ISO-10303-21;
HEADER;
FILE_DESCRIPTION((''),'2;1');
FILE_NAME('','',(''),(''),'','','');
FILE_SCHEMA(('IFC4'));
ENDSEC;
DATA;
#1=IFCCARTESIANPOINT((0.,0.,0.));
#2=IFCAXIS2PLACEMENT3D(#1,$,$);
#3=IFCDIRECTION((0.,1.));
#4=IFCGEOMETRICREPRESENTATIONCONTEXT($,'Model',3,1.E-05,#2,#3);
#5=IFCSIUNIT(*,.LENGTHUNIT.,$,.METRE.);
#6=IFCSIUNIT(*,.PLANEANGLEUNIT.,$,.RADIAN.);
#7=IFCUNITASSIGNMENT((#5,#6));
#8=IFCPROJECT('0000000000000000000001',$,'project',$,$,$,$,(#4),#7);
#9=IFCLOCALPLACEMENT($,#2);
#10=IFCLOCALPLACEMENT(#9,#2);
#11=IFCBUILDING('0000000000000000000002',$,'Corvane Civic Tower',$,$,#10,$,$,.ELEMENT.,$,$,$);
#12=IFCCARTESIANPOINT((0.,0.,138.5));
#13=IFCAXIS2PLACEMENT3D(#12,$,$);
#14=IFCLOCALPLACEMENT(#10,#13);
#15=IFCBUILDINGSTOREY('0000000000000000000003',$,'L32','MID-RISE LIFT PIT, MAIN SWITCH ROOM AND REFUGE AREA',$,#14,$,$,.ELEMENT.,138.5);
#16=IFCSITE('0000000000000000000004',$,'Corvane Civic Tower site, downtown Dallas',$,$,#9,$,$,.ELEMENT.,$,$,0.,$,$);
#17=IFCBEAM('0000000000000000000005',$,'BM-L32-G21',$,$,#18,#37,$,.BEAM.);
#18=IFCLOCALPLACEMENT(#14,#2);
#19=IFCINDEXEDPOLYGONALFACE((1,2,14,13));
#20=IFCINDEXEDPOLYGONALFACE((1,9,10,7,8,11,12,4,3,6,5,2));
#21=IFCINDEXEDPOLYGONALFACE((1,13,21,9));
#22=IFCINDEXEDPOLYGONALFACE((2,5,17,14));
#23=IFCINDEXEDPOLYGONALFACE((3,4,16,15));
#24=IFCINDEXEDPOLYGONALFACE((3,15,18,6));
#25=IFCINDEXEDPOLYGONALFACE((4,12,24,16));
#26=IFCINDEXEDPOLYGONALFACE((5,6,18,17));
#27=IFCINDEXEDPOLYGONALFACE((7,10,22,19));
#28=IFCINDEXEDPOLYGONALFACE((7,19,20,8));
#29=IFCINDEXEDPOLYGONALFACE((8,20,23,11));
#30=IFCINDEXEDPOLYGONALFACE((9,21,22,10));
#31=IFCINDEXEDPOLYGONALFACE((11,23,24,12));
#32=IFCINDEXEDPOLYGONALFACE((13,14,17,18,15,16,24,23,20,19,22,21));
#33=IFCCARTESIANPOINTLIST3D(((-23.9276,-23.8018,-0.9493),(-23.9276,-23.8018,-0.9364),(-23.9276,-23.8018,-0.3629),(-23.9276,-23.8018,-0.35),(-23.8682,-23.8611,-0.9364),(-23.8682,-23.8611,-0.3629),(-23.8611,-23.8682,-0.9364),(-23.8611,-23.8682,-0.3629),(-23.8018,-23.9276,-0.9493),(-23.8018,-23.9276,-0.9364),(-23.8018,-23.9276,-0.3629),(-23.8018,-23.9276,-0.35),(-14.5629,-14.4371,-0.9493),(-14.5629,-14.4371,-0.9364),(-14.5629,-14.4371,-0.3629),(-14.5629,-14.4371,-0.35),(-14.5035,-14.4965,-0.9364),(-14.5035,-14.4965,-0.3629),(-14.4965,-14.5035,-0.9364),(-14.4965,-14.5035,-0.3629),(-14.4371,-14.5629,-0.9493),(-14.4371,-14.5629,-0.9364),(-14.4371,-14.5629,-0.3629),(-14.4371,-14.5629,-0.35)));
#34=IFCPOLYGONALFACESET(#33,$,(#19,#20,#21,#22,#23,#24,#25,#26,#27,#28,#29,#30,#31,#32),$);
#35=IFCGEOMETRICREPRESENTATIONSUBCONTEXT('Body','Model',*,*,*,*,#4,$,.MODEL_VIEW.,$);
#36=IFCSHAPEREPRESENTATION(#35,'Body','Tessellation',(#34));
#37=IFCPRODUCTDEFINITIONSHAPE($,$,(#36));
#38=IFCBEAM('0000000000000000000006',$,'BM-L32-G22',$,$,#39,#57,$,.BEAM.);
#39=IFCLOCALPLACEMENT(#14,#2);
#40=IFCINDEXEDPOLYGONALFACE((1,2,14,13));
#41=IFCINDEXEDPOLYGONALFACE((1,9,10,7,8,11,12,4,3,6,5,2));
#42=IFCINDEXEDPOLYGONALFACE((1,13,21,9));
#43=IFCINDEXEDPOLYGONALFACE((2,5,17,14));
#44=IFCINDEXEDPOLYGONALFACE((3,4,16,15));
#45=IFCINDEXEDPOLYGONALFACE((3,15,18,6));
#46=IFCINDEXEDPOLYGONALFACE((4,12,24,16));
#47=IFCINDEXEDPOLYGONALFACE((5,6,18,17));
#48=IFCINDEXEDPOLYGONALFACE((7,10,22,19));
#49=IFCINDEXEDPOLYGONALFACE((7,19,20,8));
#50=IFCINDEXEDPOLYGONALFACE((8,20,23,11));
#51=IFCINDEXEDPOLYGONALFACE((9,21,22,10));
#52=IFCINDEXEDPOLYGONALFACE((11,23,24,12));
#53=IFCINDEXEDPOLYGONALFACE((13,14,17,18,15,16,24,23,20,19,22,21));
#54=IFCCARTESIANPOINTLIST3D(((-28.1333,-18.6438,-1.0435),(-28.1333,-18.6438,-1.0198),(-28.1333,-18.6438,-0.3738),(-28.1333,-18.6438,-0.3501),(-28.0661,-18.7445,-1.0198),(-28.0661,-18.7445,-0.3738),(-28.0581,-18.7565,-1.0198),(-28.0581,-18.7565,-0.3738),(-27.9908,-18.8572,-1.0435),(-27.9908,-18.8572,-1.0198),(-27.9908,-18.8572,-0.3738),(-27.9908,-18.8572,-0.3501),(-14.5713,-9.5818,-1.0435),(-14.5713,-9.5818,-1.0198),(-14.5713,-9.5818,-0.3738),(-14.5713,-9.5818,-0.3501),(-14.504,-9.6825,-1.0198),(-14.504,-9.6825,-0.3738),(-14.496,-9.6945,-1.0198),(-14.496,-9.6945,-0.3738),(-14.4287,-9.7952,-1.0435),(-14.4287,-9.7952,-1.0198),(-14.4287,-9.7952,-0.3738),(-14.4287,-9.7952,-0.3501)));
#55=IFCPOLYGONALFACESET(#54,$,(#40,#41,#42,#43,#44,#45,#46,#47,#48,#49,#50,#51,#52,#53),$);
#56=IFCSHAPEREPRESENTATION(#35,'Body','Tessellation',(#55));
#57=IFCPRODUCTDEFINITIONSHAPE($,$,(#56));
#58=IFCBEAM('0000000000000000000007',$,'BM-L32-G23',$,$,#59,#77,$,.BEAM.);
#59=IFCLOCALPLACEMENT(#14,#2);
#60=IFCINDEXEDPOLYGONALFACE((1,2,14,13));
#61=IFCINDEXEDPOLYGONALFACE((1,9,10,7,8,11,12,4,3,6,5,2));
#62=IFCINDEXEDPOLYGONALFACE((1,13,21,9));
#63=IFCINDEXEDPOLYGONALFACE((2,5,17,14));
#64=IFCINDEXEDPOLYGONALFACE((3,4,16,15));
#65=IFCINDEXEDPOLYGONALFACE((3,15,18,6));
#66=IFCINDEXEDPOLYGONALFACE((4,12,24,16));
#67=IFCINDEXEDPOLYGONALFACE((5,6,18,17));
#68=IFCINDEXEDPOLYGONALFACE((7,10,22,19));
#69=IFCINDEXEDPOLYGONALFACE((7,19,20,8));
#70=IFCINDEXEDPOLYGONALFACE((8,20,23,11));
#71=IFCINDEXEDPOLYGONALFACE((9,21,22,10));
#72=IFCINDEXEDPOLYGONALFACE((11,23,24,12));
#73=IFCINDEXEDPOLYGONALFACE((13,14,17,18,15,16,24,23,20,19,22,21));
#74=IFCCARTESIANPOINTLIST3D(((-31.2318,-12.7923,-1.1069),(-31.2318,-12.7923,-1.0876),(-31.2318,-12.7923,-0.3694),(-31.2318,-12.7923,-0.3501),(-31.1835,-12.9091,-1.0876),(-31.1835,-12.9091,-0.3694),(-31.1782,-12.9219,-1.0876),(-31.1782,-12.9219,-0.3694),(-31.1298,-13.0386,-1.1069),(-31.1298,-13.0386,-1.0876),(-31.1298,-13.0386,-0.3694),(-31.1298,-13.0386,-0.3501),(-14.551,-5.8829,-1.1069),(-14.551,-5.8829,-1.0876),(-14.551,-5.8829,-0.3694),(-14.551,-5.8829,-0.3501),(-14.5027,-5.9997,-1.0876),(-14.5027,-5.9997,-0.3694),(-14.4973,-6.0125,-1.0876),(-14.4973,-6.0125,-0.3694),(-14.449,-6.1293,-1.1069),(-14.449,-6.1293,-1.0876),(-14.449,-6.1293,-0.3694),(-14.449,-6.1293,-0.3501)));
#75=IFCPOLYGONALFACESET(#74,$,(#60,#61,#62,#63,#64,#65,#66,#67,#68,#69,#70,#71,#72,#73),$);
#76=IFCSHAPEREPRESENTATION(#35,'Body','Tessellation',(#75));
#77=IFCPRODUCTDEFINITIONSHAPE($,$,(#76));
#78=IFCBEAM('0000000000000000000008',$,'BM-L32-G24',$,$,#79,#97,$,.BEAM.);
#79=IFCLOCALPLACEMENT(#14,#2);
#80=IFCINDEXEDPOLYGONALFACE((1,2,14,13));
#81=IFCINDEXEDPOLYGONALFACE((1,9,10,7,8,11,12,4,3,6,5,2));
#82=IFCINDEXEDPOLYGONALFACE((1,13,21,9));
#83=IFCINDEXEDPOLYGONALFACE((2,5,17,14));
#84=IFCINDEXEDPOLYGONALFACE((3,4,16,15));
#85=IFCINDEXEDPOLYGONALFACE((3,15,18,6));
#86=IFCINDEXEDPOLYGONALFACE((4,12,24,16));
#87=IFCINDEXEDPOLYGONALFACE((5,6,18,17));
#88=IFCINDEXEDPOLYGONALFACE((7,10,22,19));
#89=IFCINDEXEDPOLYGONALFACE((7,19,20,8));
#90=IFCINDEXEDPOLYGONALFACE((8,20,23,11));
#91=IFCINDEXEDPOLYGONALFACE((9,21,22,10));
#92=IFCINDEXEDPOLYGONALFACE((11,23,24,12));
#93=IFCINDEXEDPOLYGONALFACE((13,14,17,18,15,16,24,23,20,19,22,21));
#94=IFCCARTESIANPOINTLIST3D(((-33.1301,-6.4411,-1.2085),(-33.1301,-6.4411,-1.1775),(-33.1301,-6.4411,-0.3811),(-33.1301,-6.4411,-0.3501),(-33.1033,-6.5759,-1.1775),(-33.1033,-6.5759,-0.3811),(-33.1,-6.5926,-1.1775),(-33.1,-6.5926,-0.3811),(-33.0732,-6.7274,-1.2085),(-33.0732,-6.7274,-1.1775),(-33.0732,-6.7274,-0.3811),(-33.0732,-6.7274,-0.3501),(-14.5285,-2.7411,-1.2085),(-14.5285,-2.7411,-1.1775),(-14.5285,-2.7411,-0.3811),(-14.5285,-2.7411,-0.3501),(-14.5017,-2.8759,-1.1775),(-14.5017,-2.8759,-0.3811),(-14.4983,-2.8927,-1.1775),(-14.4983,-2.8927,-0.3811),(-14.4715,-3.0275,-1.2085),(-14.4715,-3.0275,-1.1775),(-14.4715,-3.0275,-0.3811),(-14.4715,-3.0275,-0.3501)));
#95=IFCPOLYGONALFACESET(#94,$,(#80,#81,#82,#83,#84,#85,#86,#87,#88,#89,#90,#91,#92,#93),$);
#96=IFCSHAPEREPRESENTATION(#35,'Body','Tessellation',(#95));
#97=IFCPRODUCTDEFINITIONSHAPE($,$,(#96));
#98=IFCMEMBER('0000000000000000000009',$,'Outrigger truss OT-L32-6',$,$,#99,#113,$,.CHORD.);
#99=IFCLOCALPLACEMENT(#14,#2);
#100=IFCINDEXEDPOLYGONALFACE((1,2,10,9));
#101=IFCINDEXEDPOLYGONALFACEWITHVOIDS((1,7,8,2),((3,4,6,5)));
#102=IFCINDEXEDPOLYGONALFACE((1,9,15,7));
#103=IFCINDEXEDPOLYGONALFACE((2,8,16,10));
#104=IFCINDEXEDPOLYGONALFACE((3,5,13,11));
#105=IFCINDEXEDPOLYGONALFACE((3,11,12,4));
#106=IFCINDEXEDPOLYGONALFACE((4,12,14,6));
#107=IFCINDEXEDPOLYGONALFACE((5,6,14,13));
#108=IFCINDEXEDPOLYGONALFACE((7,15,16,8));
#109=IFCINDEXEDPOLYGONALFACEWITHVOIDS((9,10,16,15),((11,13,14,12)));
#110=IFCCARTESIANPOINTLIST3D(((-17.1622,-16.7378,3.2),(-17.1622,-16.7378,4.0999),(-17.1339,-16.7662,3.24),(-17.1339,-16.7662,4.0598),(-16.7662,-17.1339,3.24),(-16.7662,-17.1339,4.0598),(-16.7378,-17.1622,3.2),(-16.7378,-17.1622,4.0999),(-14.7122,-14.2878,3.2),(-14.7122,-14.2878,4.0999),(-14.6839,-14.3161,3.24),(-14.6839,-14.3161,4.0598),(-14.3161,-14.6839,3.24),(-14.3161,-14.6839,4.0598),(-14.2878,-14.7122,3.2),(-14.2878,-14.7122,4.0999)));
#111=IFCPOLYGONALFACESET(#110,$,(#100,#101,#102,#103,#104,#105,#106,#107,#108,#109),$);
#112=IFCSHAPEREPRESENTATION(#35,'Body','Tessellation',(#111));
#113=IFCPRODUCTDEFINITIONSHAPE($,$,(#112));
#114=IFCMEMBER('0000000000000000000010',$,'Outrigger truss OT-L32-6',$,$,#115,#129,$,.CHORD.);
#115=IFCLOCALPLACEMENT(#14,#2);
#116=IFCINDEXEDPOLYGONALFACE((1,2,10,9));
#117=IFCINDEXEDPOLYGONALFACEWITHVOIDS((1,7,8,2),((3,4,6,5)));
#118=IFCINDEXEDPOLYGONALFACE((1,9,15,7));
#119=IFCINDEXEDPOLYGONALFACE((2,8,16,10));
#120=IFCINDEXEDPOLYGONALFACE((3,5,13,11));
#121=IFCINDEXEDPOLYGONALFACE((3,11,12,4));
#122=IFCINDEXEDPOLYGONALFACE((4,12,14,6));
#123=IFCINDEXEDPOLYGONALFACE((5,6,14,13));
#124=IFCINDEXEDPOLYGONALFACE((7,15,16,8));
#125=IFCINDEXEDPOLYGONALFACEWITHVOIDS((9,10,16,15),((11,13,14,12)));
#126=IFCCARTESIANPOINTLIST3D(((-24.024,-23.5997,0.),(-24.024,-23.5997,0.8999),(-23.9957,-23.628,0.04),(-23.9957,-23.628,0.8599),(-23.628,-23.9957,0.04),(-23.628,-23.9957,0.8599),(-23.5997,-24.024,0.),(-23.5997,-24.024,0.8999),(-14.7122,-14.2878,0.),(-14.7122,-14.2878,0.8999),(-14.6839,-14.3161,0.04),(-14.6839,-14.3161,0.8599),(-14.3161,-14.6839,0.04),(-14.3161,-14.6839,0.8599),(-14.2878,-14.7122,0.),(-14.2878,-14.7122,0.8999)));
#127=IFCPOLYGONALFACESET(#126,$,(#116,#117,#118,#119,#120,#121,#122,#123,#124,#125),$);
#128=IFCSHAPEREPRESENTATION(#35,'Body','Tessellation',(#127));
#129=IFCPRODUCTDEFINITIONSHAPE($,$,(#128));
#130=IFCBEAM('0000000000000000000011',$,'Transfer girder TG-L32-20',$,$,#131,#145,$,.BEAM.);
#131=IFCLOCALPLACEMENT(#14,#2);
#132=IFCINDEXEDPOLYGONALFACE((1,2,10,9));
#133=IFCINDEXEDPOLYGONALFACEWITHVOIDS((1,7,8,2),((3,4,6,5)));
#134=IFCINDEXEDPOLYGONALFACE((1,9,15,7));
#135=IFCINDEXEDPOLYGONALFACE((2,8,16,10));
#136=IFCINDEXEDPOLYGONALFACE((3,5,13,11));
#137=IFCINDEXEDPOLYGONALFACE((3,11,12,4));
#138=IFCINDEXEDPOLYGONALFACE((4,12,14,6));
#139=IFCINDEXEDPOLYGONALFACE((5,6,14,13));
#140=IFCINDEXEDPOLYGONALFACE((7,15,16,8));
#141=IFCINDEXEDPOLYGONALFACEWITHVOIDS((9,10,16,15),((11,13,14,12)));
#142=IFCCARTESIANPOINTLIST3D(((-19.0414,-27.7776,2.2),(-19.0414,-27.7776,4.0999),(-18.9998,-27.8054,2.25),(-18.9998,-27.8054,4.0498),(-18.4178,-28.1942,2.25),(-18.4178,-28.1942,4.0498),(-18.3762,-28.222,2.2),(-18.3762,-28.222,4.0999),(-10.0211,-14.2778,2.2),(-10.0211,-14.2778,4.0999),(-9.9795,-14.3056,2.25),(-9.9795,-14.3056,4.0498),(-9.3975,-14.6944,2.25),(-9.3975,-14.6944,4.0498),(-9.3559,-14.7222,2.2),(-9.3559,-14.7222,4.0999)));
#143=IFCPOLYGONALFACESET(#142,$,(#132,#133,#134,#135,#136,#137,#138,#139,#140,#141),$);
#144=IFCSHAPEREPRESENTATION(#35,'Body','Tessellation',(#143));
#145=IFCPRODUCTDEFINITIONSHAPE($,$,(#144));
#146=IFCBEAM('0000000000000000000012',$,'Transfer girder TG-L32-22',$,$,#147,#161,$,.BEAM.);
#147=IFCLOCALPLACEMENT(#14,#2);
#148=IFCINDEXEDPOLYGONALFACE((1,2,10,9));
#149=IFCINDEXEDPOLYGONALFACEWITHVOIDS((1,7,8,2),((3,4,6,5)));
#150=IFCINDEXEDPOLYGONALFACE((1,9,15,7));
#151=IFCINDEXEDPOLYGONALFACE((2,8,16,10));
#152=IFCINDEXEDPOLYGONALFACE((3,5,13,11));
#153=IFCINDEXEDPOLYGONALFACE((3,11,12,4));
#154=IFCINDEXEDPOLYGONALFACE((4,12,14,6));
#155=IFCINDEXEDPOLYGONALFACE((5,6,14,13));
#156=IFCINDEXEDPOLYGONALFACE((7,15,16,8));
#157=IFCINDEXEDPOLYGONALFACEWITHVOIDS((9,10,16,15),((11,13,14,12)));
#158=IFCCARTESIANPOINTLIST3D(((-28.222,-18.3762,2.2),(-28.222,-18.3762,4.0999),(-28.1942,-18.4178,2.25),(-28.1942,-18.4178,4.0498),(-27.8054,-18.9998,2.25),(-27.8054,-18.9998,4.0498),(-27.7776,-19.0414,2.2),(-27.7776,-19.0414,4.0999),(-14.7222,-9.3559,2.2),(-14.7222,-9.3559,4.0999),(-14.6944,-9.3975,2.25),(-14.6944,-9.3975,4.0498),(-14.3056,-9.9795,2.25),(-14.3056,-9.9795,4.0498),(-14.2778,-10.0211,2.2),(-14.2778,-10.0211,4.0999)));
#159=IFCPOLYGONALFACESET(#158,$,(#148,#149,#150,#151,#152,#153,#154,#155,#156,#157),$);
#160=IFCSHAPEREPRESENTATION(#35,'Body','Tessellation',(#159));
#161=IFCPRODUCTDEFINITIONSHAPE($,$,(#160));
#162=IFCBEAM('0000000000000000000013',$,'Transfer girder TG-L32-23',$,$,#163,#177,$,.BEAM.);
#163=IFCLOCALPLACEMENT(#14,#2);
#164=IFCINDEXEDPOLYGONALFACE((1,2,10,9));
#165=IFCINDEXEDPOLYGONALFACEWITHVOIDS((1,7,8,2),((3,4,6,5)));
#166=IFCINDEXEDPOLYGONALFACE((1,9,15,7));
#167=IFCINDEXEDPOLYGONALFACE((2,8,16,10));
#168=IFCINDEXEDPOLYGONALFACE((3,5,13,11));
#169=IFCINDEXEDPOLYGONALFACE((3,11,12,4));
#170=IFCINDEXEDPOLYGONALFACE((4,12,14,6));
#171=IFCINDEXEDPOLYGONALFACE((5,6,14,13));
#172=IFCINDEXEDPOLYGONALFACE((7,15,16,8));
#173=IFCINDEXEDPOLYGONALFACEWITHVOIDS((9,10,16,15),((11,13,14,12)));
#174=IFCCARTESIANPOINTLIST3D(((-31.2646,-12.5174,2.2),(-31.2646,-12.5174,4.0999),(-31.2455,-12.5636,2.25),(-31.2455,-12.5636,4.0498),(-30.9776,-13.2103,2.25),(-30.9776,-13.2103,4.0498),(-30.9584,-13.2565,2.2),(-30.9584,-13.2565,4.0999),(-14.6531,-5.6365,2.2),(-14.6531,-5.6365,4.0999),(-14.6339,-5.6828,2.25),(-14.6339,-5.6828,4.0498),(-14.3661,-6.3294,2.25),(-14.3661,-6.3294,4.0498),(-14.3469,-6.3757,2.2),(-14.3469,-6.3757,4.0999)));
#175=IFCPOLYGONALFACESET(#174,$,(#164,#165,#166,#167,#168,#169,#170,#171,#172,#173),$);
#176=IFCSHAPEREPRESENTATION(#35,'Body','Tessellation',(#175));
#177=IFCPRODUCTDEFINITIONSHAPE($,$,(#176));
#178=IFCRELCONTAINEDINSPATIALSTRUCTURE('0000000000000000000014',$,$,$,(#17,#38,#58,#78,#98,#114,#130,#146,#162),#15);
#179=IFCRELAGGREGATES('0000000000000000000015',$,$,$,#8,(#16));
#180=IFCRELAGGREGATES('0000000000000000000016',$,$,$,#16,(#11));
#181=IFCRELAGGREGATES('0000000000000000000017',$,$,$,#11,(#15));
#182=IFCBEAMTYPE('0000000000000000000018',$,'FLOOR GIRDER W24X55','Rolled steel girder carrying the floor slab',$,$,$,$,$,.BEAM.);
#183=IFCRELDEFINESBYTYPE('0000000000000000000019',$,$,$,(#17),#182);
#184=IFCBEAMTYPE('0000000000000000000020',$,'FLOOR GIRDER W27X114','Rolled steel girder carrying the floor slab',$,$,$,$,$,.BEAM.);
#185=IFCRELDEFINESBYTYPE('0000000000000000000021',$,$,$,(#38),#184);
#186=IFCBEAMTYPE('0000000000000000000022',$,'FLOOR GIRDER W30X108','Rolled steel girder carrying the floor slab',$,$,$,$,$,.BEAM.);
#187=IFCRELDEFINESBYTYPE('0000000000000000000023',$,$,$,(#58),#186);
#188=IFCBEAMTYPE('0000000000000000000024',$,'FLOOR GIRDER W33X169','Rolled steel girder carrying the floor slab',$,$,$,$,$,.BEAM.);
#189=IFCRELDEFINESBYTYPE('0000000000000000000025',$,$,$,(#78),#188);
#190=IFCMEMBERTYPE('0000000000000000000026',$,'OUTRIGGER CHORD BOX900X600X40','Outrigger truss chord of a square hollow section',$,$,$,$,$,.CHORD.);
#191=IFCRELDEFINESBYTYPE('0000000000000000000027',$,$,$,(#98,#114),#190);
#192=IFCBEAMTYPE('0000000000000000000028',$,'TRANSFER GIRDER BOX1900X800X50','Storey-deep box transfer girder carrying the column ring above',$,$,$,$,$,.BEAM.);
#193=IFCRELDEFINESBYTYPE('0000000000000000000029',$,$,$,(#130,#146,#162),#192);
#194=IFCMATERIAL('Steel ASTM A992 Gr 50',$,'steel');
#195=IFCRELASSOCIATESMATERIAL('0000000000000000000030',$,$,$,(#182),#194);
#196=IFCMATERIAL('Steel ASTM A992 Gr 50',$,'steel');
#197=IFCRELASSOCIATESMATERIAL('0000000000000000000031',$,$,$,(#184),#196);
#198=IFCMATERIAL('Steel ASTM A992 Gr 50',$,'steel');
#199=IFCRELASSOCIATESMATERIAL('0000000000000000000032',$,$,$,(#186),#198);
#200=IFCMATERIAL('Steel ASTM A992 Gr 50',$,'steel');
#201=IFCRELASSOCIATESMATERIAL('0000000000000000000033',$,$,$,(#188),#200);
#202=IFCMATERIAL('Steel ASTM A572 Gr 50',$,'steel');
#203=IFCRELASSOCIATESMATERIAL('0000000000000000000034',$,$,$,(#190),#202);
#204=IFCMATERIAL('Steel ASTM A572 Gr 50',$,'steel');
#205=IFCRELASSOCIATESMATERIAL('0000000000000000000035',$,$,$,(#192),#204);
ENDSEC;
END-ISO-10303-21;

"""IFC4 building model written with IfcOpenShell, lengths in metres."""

from ifc_helpers import new_model, si_unit, direction, frame, origin, origin_2d, place, context, subcontext, project, spatial, hollow_rectangle, i_section, extrude, material, material_profile, profile_set, type_object, element, save


model = new_model("IFC4")

# Units and contexts
model_context = context("Model", 3, precision=1e-05, world=origin(), true_north=direction((0.0, 1.0)))
body_context = subcontext(model_context, "Body", "Model", "MODEL_VIEW")
ifc_project = project(units=[si_unit("LENGTHUNIT", "METRE"), si_unit("PLANEANGLEUNIT", "RADIAN")], contexts=[model_context])

# Site, building, storey
site_placement = place(None, origin())
site = spatial("IfcSite", under=ifc_project, at=site_placement, Name="Corvane Civic Tower site, downtown Dallas", CompositionType="ELEMENT", RefElevation=0.0)
building_placement = place(site_placement, origin())
building = spatial("IfcBuilding", under=site, at=building_placement, Name="Corvane Civic Tower", CompositionType="ELEMENT")
storey_placement = place(building_placement, frame((0.0, 0.0, 138.5)))
storey = spatial("IfcBuildingStorey", under=building, at=storey_placement, Name="L32", Description="MID-RISE LIFT PIT, MAIN SWITCH ROOM AND REFUGE AREA", CompositionType="ELEMENT", Elevation=138.5)

# Beams
ifc_material_1 = material(Name="Steel ASTM A992 Gr 50", Category="steel")
ifc_material_profile_1 = material_profile(ifc_material_1, i_section(OverallWidth=0.178, OverallDepth=0.5994, WebThickness=0.01, FlangeThickness=0.0129, at=origin_2d()), Name="W24X55")
ifc_profile_set_1 = profile_set([ifc_material_profile_1], Name="Steel ASTM A992 Gr 50")
beam_type_1 = type_object("IfcBeamType", Name="FLOOR GIRDER W24X55", Description="Rolled steel girder carrying the floor slab", PredefinedType="BEAM", material=ifc_profile_set_1)
beam_1_placement = place(storey_placement, frame((-14.5, -14.5, -0.6497), z_axis=(-0.707107, -0.707107, 0.0), x_axis=(0.707107, -0.707107, 0.0)))
element("IfcBeam", 1, at=beam_1_placement, inside=storey, type_object=beam_type_1, Name="BM-L32-G21", PredefinedType="BEAM", context=body_context, shape_type="SweptSolid", body=[
    extrude(i_section(OverallWidth=0.178, OverallDepth=0.5994, WebThickness=0.01, FlangeThickness=0.0129, at=origin_2d()), origin(), (0.0, 0.0, 1.0), 13.2437),
])
ifc_material_2 = material(Name="Steel ASTM A992 Gr 50", Category="steel")
ifc_material_profile_2 = material_profile(ifc_material_2, i_section(OverallWidth=0.2566, OverallDepth=0.6934, WebThickness=0.0144, FlangeThickness=0.0237, at=origin_2d()), Name="W27X114")
ifc_profile_set_2 = profile_set([ifc_material_profile_2], Name="Steel ASTM A992 Gr 50")
beam_type_2 = type_object("IfcBeamType", Name="FLOOR GIRDER W27X114", Description="Rolled steel girder carrying the floor slab", PredefinedType="BEAM", material=ifc_profile_set_2)
beam_2_placement = place(storey_placement, frame((-14.5, -9.6885, -0.6968), z_axis=(-0.831465, -0.555577, 0.0), x_axis=(0.555577, -0.831465, 0.0)))
element("IfcBeam", 2, at=beam_2_placement, inside=storey, type_object=beam_type_2, Name="BM-L32-G22", PredefinedType="BEAM", context=body_context, shape_type="SweptSolid", body=[
    extrude(i_section(OverallWidth=0.2566, OverallDepth=0.6934, WebThickness=0.0144, FlangeThickness=0.0237, at=origin_2d()), origin(), (0.0, 0.0, 1.0), 16.311),
])
ifc_material_3 = material(Name="Steel ASTM A992 Gr 50", Category="steel")
ifc_material_profile_3 = material_profile(ifc_material_3, i_section(OverallWidth=0.2666, OverallDepth=0.7568, WebThickness=0.0139, FlangeThickness=0.0193, at=origin_2d()), Name="W30X108")
ifc_profile_set_3 = profile_set([ifc_material_profile_3], Name="Steel ASTM A992 Gr 50")
beam_type_3 = type_object("IfcBeamType", Name="FLOOR GIRDER W30X108", Description="Rolled steel girder carrying the floor slab", PredefinedType="BEAM", material=ifc_profile_set_3)
beam_3_placement = place(storey_placement, frame((-14.5, -6.0061, -0.7285), z_axis=(-0.92388, -0.382682, 0.0), x_axis=(0.382682, -0.92388, 0.0)))
element("IfcBeam", 3, at=beam_3_placement, inside=storey, type_object=beam_type_3, Name="BM-L32-G23", PredefinedType="BEAM", context=body_context, shape_type="SweptSolid", body=[
    extrude(i_section(OverallWidth=0.2666, OverallDepth=0.7568, WebThickness=0.0139, FlangeThickness=0.0193, at=origin_2d()), origin(), (0.0, 0.0, 1.0), 18.0552),
])
ifc_material_4 = material(Name="Steel ASTM A992 Gr 50", Category="steel")
ifc_material_profile_4 = material_profile(ifc_material_4, i_section(OverallWidth=0.292, OverallDepth=0.8584, WebThickness=0.0171, FlangeThickness=0.031, at=origin_2d()), Name="W33X169")
ifc_profile_set_4 = profile_set([ifc_material_profile_4], Name="Steel ASTM A992 Gr 50")
beam_type_4 = type_object("IfcBeamType", Name="FLOOR GIRDER W33X169", Description="Rolled steel girder carrying the floor slab", PredefinedType="BEAM", material=ifc_profile_set_4)
beam_4_placement = place(storey_placement, frame((-14.5, -2.8843, -0.7793), z_axis=(-0.980787, -0.195084, 0.0), x_axis=(0.195084, -0.980787, 0.0)))
element("IfcBeam", 4, at=beam_4_placement, inside=storey, type_object=beam_type_4, Name="BM-L32-G24", PredefinedType="BEAM", context=body_context, shape_type="SweptSolid", body=[
    extrude(i_section(OverallWidth=0.292, OverallDepth=0.8584, WebThickness=0.0171, FlangeThickness=0.031, at=origin_2d()), origin(), (0.0, 0.0, 1.0), 18.9661),
])

# Members
ifc_material_5 = material(Name="Steel ASTM A572 Gr 50", Category="steel")
ifc_material_profile_5 = material_profile(ifc_material_5, hollow_rectangle(XDim=0.6001, YDim=0.8999, WallThickness=0.04, at=origin_2d()), Name="BOX900X600X40")
ifc_profile_set_5 = profile_set([ifc_material_profile_5], Name="Steel ASTM A572 Gr 50")
member_type = type_object("IfcMemberType", Name="OUTRIGGER CHORD BOX900X600X40", Description="Outrigger truss chord of a square hollow section", PredefinedType="CHORD", material=ifc_profile_set_5)
member_1_placement = place(storey_placement, frame((-14.5, -14.5, 3.6499), z_axis=(-0.707107, -0.707107, 0.0), x_axis=(0.707107, -0.707107, 0.0)))
element("IfcMember", 5, at=member_1_placement, inside=storey, type_object=member_type, Name="Outrigger truss OT-L32-6", PredefinedType="CHORD", context=body_context, shape_type="SweptSolid", body=[
    extrude(hollow_rectangle(XDim=0.6001, YDim=0.8999, WallThickness=0.04, at=origin_2d()), origin(), (0.0, 0.0, 1.0), 3.4648),
])
member_2_placement = place(storey_placement, frame((-14.5, -14.5, 0.45), z_axis=(-0.707107, -0.707107, 0.0), x_axis=(0.707107, -0.707107, 0.0)))
element("IfcMember", 6, at=member_2_placement, inside=storey, type_object=member_type, Name="Outrigger truss OT-L32-6", PredefinedType="CHORD", context=body_context, shape_type="SweptSolid", body=[
    extrude(hollow_rectangle(XDim=0.6001, YDim=0.8999, WallThickness=0.04, at=origin_2d()), origin(), (0.0, 0.0, 1.0), 13.1689),
])

# Beams
ifc_material_6 = material(Name="Steel ASTM A572 Gr 50", Category="steel")
ifc_material_profile_6 = material_profile(ifc_material_6, hollow_rectangle(XDim=0.8, YDim=1.8999, WallThickness=0.05, at=origin_2d()), Name="BOX1900X800X50")
ifc_profile_set_6 = profile_set([ifc_material_profile_6], Name="Steel ASTM A572 Gr 50")
beam_type_5 = type_object("IfcBeamType", Name="TRANSFER GIRDER BOX1900X800X50", Description="Storey-deep box transfer girder carrying the column ring above", PredefinedType="BEAM", material=ifc_profile_set_6)
for number, where, z_axis, x_axis, name in (
    (7, (-9.6885, -14.5, 3.1499), (-0.555571, -0.831469, 0.0), (0.831469, -0.555571, 0.0), "Transfer girder TG-L32-20"),
    (8, (-14.5, -9.6885, 3.1499), (-0.831469, -0.555571, 0.0), (0.555571, -0.831469, 0.0), "Transfer girder TG-L32-22"),
):
    element("IfcBeam", number, at=place(storey_placement, frame(where, z_axis=z_axis, x_axis=x_axis)), inside=storey, type_object=beam_type_5, Name=name, PredefinedType="BEAM", context=body_context, shape_type="SweptSolid", body=[
        extrude(hollow_rectangle(XDim=0.8, YDim=1.8999, WallThickness=0.05, at=origin_2d()), origin(), (0.0, 0.0, 1.0), 16.2361),
    ])
beam_5_placement = place(storey_placement, frame((-14.5, -6.0061, 3.1499), z_axis=(-0.923877, -0.382689, 0.0), x_axis=(0.382689, -0.923877, 0.0)))
element("IfcBeam", 9, at=beam_5_placement, inside=storey, type_object=beam_type_5, Name="Transfer girder TG-L32-23", PredefinedType="BEAM", context=body_context, shape_type="SweptSolid", body=[
    extrude(hollow_rectangle(XDim=0.8, YDim=1.8999, WallThickness=0.05, at=origin_2d()), origin(), (0.0, 0.0, 1.0), 17.9802),
])

save(model, "model.ifc")
